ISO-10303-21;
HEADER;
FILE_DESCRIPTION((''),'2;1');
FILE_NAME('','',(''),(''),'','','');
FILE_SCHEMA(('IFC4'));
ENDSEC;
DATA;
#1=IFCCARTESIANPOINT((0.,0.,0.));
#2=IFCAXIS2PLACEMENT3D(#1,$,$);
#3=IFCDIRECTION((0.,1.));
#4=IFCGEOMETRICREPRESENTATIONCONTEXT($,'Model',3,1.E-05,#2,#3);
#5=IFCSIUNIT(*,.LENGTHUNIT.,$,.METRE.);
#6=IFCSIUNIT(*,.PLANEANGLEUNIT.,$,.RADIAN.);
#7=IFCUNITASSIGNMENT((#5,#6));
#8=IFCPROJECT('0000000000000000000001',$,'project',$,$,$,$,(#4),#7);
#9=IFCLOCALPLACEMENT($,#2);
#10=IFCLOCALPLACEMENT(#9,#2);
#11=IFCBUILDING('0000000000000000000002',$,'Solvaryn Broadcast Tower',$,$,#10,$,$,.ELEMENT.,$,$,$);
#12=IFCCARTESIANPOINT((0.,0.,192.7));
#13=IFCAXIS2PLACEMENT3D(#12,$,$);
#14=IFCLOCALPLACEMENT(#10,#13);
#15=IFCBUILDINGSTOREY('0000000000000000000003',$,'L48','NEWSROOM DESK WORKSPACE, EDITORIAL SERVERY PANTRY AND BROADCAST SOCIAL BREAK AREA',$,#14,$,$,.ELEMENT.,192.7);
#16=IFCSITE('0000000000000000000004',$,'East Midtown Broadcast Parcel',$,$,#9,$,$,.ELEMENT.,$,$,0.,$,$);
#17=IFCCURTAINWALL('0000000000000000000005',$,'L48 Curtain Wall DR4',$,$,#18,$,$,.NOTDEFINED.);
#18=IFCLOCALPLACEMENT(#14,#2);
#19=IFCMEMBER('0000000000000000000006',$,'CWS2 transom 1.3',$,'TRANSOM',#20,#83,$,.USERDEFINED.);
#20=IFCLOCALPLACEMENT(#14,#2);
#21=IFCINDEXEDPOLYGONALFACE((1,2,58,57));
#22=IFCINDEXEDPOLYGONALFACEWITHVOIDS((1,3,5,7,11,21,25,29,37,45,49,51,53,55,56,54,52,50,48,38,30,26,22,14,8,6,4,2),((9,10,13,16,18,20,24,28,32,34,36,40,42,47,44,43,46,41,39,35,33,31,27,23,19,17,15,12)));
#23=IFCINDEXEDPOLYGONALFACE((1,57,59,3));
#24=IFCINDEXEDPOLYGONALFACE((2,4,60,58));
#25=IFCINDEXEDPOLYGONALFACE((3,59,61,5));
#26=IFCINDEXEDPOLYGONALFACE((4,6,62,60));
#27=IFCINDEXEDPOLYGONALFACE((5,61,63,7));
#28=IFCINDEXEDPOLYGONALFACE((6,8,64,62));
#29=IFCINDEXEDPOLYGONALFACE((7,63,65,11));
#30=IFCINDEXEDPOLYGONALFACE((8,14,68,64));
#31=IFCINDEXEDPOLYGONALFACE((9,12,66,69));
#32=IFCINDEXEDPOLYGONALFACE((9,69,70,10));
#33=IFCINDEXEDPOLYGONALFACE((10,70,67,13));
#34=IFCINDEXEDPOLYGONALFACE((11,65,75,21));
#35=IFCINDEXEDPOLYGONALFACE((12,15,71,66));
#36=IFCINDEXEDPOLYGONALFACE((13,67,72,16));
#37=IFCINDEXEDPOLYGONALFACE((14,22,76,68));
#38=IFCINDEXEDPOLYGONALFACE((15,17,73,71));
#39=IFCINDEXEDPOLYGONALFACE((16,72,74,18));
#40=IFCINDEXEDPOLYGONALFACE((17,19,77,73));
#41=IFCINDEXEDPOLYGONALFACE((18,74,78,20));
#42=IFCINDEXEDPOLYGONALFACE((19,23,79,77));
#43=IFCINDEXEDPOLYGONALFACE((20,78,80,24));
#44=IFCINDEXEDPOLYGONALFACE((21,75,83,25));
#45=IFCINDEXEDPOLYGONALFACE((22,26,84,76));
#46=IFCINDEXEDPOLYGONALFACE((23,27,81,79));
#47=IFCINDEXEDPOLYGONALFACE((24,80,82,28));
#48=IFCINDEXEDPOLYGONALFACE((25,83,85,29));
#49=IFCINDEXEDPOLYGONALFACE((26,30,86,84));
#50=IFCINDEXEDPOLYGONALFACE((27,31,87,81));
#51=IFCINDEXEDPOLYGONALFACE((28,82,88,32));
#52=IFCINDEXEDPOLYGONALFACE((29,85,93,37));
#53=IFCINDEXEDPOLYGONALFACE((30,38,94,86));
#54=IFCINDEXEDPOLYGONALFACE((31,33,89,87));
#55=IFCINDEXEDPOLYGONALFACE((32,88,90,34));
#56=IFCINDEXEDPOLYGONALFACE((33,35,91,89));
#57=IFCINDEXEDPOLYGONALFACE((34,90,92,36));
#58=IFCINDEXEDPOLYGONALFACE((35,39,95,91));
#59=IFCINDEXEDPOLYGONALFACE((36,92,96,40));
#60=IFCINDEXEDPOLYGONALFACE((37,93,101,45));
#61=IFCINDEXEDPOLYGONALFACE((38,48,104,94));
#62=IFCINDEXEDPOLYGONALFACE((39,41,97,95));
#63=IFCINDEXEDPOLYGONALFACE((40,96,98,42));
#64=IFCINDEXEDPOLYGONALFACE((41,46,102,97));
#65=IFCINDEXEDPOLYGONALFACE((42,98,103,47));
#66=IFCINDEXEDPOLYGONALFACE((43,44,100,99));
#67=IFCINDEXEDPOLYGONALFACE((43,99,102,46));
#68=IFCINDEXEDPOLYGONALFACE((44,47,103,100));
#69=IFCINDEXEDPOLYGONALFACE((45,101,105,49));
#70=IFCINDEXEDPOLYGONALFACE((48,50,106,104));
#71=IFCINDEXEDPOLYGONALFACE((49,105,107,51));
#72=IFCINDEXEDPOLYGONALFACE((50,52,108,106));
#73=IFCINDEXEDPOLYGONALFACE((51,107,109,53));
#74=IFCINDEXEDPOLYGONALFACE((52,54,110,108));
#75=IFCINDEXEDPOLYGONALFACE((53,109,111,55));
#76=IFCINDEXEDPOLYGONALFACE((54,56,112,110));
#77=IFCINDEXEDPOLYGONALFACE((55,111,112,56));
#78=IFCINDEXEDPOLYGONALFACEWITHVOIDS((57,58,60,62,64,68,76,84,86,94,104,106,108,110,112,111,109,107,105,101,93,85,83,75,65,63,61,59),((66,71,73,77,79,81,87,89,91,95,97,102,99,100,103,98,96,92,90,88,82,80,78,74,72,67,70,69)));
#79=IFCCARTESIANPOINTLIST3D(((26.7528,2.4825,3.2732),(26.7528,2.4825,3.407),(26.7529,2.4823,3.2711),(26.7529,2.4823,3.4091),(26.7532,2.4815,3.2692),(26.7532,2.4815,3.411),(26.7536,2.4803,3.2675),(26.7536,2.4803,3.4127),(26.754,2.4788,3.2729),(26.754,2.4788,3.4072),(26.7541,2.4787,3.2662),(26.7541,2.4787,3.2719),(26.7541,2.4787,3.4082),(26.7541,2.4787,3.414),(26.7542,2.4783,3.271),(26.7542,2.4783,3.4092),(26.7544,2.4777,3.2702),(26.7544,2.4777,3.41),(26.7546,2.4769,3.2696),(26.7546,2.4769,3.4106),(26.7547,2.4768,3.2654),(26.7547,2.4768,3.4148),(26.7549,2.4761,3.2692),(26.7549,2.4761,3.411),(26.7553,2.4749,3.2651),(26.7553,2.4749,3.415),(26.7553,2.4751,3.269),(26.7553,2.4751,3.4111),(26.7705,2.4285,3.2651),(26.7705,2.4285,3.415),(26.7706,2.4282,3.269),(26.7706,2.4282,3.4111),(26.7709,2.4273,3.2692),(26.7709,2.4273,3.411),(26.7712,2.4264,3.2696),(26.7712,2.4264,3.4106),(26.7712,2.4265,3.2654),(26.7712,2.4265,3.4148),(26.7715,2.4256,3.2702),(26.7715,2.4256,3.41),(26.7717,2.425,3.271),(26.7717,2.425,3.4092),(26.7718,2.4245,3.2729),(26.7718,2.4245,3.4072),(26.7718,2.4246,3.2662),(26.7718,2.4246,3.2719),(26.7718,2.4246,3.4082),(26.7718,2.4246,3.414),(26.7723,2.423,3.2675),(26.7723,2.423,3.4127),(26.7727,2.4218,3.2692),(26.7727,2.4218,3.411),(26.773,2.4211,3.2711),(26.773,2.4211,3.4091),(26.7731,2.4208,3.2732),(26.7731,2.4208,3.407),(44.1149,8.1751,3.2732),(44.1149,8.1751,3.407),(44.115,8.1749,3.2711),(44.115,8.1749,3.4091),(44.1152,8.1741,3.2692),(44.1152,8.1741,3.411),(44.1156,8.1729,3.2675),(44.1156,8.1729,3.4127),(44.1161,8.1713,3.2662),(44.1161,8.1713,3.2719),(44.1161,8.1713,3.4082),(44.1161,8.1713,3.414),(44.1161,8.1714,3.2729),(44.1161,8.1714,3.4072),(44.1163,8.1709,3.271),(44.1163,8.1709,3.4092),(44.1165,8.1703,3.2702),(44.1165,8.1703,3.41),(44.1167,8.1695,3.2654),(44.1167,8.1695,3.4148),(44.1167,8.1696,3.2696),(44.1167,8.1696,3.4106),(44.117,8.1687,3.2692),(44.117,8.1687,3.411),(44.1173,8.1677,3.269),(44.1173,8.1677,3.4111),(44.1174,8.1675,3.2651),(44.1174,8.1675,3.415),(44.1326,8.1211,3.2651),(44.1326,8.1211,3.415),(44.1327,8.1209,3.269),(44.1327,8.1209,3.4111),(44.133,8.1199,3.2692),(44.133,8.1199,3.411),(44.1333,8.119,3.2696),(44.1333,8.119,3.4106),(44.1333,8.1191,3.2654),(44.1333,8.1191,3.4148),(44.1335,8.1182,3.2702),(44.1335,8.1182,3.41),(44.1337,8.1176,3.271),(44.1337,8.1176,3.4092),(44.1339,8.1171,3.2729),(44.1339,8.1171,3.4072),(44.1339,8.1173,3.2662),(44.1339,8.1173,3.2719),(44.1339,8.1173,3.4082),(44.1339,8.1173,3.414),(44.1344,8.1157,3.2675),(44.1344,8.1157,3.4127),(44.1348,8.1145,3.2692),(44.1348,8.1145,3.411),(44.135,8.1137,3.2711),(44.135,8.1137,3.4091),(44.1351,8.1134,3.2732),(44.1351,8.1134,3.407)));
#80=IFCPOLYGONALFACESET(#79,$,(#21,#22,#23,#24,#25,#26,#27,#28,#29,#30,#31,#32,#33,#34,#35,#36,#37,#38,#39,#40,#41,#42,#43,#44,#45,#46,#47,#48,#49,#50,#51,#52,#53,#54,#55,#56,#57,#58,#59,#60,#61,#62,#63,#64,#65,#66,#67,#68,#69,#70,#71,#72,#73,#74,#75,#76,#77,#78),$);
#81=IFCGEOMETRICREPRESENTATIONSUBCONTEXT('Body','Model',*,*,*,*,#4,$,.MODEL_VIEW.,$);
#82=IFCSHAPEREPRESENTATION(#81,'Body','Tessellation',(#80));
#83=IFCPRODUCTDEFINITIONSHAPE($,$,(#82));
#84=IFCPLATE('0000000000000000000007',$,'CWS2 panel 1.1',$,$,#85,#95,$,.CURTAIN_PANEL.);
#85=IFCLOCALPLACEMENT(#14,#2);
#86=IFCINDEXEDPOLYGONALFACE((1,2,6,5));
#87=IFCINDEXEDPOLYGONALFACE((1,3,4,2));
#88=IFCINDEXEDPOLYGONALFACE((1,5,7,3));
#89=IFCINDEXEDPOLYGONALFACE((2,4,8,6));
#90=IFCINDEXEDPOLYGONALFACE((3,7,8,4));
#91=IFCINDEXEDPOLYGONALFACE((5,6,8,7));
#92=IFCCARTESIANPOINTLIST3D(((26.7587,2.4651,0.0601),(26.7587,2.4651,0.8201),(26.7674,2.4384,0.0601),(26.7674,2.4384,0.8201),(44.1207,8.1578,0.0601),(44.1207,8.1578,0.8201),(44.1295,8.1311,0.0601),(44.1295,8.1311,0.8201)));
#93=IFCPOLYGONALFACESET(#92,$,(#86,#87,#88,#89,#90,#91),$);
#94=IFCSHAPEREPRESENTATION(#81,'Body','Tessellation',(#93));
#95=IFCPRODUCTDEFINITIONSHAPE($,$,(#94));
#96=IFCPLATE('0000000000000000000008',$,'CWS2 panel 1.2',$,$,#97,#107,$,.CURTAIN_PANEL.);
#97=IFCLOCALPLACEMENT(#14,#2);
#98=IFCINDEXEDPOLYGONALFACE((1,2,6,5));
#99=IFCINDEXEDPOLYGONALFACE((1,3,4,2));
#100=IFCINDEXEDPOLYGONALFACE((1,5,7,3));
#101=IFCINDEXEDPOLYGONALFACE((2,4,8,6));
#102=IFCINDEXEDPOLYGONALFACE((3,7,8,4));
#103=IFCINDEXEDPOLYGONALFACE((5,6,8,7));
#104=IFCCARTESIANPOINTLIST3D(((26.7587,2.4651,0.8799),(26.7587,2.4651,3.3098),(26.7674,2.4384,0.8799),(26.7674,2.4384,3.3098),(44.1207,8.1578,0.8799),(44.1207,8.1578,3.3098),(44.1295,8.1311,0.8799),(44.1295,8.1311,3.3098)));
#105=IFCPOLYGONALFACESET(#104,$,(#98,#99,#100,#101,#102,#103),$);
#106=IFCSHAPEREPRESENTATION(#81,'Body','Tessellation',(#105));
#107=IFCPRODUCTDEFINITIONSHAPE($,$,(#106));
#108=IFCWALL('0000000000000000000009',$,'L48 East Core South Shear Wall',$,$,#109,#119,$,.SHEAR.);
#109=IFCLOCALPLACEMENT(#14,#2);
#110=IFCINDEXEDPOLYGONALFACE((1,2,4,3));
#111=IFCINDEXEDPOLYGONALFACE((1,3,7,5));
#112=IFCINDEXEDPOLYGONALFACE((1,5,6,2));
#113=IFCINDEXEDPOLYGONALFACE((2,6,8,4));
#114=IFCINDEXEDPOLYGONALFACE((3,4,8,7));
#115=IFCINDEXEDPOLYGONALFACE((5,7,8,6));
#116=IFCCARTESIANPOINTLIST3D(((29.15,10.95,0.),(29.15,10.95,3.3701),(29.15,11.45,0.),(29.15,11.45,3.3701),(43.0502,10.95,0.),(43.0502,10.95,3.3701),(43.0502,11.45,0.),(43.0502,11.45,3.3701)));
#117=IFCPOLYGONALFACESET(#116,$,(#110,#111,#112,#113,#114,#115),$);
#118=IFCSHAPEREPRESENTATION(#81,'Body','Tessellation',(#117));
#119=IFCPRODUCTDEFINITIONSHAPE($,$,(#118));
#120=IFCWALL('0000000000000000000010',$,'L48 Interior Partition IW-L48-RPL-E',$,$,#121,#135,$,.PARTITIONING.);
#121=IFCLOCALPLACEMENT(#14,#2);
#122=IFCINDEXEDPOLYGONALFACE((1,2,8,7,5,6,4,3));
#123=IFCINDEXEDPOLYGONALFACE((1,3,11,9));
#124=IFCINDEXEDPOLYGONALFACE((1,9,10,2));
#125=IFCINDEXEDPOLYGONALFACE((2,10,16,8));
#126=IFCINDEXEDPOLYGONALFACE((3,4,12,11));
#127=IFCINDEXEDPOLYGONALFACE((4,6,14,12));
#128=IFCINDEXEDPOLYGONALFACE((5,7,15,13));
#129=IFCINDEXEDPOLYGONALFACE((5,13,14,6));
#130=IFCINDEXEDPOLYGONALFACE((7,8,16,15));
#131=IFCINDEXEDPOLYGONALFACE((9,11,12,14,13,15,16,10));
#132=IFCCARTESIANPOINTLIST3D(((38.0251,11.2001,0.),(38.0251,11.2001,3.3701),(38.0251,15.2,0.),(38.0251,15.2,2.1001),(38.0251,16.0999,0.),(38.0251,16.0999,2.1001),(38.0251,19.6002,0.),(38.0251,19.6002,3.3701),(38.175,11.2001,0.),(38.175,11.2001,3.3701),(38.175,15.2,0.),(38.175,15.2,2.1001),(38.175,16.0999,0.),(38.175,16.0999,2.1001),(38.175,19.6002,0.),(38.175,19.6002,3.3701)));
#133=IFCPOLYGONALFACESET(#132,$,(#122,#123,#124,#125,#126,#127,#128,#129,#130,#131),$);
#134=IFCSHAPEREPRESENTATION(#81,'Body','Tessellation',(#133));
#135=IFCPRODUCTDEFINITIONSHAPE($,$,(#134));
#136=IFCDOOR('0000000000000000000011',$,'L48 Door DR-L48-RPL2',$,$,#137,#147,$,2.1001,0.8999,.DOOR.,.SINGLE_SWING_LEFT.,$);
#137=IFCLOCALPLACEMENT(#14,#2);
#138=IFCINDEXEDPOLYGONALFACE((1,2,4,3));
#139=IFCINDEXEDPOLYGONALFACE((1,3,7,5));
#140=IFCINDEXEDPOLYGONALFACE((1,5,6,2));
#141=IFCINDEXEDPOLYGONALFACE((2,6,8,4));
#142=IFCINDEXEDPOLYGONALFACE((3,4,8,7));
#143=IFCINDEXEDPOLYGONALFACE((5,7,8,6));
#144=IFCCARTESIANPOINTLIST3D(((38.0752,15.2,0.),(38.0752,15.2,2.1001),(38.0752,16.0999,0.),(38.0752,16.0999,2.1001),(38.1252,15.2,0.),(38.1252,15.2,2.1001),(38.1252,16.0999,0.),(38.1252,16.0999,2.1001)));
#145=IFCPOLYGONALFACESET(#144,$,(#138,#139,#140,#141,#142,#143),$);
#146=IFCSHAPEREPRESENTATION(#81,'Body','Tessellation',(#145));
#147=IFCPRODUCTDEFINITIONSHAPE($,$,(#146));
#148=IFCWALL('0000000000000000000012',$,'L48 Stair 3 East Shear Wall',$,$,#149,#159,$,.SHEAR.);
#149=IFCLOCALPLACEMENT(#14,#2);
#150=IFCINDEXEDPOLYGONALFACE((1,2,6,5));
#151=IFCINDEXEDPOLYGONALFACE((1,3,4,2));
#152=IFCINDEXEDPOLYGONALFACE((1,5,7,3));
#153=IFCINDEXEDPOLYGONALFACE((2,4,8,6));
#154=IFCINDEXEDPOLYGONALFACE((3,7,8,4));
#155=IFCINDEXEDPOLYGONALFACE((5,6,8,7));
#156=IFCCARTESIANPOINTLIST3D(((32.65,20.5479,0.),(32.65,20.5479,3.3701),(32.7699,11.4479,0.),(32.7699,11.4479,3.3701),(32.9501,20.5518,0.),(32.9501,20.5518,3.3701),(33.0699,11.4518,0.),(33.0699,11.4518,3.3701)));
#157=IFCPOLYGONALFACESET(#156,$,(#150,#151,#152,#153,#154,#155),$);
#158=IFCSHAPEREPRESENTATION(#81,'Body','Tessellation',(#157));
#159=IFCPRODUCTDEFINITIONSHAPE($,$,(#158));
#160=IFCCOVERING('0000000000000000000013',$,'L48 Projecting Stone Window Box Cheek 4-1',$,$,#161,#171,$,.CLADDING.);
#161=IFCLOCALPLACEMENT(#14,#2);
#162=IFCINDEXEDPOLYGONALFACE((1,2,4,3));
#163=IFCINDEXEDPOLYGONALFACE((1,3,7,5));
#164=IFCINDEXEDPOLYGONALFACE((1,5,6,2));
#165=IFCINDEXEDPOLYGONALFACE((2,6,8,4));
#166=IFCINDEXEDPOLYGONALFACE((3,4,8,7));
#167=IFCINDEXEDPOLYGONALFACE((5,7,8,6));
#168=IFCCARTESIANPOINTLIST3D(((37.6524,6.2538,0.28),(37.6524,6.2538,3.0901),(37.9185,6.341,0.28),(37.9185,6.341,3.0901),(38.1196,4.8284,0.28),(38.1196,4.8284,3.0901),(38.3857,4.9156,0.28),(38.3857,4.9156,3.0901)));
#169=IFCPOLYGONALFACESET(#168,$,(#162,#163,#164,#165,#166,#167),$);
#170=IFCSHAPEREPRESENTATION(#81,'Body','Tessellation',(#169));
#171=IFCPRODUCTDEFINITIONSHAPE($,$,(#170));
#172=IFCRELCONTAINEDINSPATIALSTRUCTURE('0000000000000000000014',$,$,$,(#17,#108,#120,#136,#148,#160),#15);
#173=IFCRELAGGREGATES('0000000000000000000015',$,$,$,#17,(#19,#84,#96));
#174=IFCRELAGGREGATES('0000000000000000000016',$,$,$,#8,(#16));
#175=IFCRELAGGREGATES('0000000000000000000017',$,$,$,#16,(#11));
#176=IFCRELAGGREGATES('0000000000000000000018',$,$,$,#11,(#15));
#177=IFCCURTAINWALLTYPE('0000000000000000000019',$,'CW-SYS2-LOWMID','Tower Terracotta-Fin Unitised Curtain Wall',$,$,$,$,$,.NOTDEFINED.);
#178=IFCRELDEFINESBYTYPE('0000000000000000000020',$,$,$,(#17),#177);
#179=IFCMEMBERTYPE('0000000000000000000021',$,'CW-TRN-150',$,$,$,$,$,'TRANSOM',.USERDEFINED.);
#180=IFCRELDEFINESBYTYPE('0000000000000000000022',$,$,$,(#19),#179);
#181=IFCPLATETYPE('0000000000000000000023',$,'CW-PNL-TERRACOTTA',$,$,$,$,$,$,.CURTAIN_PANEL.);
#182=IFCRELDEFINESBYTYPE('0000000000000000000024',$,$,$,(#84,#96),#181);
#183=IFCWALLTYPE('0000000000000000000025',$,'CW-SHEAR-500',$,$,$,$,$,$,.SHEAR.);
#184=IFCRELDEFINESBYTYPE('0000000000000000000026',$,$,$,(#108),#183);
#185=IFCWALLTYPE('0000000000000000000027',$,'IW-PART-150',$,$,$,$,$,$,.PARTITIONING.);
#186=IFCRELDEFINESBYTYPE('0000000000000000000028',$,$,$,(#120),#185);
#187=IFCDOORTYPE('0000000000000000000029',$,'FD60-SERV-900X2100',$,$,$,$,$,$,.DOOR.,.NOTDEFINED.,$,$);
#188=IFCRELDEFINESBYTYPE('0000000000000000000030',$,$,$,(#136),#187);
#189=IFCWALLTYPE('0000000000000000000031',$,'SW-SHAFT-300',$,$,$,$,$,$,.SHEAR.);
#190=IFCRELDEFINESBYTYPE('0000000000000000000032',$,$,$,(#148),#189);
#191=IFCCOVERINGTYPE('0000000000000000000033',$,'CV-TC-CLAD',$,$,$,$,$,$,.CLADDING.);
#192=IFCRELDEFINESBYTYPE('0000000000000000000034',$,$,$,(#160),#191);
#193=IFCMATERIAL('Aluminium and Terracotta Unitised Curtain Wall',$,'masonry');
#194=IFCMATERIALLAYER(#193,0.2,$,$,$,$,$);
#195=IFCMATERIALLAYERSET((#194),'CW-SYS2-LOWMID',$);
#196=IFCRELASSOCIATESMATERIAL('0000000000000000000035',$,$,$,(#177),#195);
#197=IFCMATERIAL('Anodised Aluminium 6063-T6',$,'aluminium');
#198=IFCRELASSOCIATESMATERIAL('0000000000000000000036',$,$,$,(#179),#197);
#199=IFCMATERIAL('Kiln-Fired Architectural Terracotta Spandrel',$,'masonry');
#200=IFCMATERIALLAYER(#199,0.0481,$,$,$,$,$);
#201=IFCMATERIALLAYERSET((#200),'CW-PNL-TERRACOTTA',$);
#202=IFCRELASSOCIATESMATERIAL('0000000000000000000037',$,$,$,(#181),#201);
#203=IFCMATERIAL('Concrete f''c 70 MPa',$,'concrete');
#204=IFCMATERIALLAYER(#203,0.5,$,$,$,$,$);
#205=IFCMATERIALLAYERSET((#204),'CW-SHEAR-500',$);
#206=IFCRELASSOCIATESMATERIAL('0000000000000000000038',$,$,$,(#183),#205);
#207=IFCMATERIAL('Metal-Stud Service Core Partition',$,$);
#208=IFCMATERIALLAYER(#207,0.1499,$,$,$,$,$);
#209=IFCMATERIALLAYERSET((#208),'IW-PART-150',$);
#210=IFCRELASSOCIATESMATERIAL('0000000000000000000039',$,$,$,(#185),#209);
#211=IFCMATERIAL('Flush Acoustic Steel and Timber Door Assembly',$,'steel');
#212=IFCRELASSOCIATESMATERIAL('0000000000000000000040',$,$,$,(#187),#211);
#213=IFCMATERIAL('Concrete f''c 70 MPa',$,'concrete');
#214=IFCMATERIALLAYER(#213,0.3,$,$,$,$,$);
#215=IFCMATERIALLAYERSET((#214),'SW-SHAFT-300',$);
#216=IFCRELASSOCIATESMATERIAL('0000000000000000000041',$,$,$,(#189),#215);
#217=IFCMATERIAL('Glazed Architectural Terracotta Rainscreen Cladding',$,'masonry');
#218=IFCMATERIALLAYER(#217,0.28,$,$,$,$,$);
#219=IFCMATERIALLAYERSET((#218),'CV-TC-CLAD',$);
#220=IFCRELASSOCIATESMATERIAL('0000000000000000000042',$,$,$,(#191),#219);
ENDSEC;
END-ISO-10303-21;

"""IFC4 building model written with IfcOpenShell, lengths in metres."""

from ifc_helpers import new_model, si_unit, direction, frame, frame_2d, origin, origin_2d, place, context, subcontext, project, spatial, rectangle, hollow_rectangle, extrude, material, layer, layer_set, material_profile, profile_set, type_object, element, fill, aggregate, save


model = new_model("IFC4")

# Units and contexts
model_context = context("Model", 3, precision=1e-05, world=origin(), true_north=direction((0.0, 1.0)))
body_context = subcontext(model_context, "Body", "Model", "MODEL_VIEW")
ifc_project = project(units=[si_unit("LENGTHUNIT", "METRE"), si_unit("PLANEANGLEUNIT", "RADIAN")], contexts=[model_context])

# Site, building, storey
site_placement = place(None, origin())
site = spatial("IfcSite", under=ifc_project, at=site_placement, Name="East Midtown Broadcast Parcel", CompositionType="ELEMENT", RefElevation=0.0)
building_placement = place(site_placement, origin())
building = spatial("IfcBuilding", under=site, at=building_placement, Name="Solvaryn Broadcast Tower", CompositionType="ELEMENT")
storey_placement = place(building_placement, frame((0.0, 0.0, 192.7)))
storey = spatial("IfcBuildingStorey", under=building, at=storey_placement, Name="L48", Description="NEWSROOM DESK WORKSPACE, EDITORIAL SERVERY PANTRY AND BROADCAST SOCIAL BREAK AREA", CompositionType="ELEMENT", Elevation=192.7)

# Shared definitions
ifc_material_1 = material(Name="Aluminium and Terracotta Unitised Curtain Wall", Category="masonry")
ifc_layer_1 = layer(ifc_material_1, 0.2)
ifc_layer_set_1 = layer_set([ifc_layer_1], Name="CW-SYS2-LOWMID")
curtain_wall_type = type_object("IfcCurtainWallType", Name="CW-SYS2-LOWMID", Description="Tower Terracotta-Fin Unitised Curtain Wall", PredefinedType="NOTDEFINED", material=ifc_layer_set_1)

# Curtain wall, member, plates
curtain_wall_1_placement = place(storey_placement, origin())
curtain_wall_1 = element("IfcCurtainWall", 1, at=curtain_wall_1_placement, inside=storey, type_object=curtain_wall_type, Name="L48 Curtain Wall DR4", PredefinedType="NOTDEFINED")
ifc_material_2 = material(Name="Anodised Aluminium 6063-T6", Category="aluminium")
ifc_material_profile_1 = material_profile(ifc_material_2, hollow_rectangle(XDim=0.0649, YDim=0.1499, WallThickness=0.0039, InnerFilletRadius=0.0039, OuterFilletRadius=0.0081, at=origin_2d()))
ifc_profile_set_1 = profile_set([ifc_material_profile_1], Name="Anodised Aluminium 6063-T6")
member_type_1 = type_object("IfcMemberType", Name="CW-TRN-150", ElementType="TRANSOM", PredefinedType="USERDEFINED", material=ifc_profile_set_1)
member_1_placement = place(storey_placement, frame((26.7629, 2.4517, 3.3401), z_axis=(0.950227, 0.311558, 0.0), x_axis=(-0.311558, 0.950227, 0.0)))
member_1 = element("IfcMember", 2, at=member_1_placement, type_object=member_type_1, Name="CWS2 transom 1.3", ObjectType="TRANSOM", PredefinedType="USERDEFINED", context=body_context, shape_type="SweptSolid", body=[
    extrude(hollow_rectangle(XDim=0.0649, YDim=0.1499, WallThickness=0.0039, InnerFilletRadius=0.0039, OuterFilletRadius=0.0081, at=origin_2d()), origin(), (0.0, 0.0, 1.0), 18.2715),
])
ifc_material_3 = material(Name="Kiln-Fired Architectural Terracotta Spandrel", Category="masonry")
ifc_layer_2 = layer(ifc_material_3, 0.0481)
ifc_layer_set_2 = layer_set([ifc_layer_2], Name="CW-PNL-TERRACOTTA")
plate_type = type_object("IfcPlateType", Name="CW-PNL-TERRACOTTA", PredefinedType="CURTAIN_PANEL", material=ifc_layer_set_2)
plate_1_placement = place(storey_placement, frame((35.4441, 5.2981, 0.0601), z_axis=(0.0, 0.0, 1.0), x_axis=(0.950227, 0.311559, 0.0)))
plate_1 = element("IfcPlate", 3, at=plate_1_placement, type_object=plate_type, Name="CWS2 panel 1.1", PredefinedType="CURTAIN_PANEL", context=body_context, shape_type="SweptSolid", body=[
    extrude(rectangle(XDim=18.2715, YDim=0.0281, at=origin_2d()), origin(), (0.0, 0.0, 1.0), 0.76),
])
plate_2_placement = place(storey_placement, frame((35.4441, 5.2981, 0.8799), z_axis=(0.0, 0.0, 1.0), x_axis=(0.950227, 0.311559, 0.0)))
plate_2 = element("IfcPlate", 4, at=plate_2_placement, type_object=plate_type, Name="CWS2 panel 1.2", PredefinedType="CURTAIN_PANEL", context=body_context, shape_type="SweptSolid", body=[
    extrude(rectangle(XDim=18.2715, YDim=0.0281, at=origin_2d()), origin(), (0.0, 0.0, 1.0), 2.4299),
])
aggregate(curtain_wall_1, [member_1, plate_1, plate_2])

# Wall
ifc_material_4 = material(Name="Concrete f'c 70 MPa", Category="concrete")
ifc_layer_3 = layer(ifc_material_4, 0.5)
ifc_layer_set_3 = layer_set([ifc_layer_3], Name="CW-SHEAR-500")
wall_type_1 = type_object("IfcWallType", Name="CW-SHEAR-500", PredefinedType="SHEAR", material=ifc_layer_set_3)
wall_1_placement = place(storey_placement, frame((29.1499, 11.2, 0.0), z_axis=(0.0, 0.0, 1.0), x_axis=(1.0, 0.0, 0.0)))
element("IfcWall", 5, at=wall_1_placement, inside=storey, type_object=wall_type_1, Name="L48 East Core South Shear Wall", PredefinedType="SHEAR", context=body_context, shape_type="SweptSolid", body=[
    extrude(rectangle(XDim=13.9001, YDim=0.5, at=frame_2d((6.9502, 0.0))), origin(), (0.0, 0.0, 1.0), 3.3701),
])

# Wall, opening, door
ifc_material_5 = material(Name="Metal-Stud Service Core Partition")
ifc_layer_4 = layer(ifc_material_5, 0.1499)
ifc_layer_set_4 = layer_set([ifc_layer_4], Name="IW-PART-150")
wall_type_2 = type_object("IfcWallType", Name="IW-PART-150", PredefinedType="PARTITIONING", material=ifc_layer_set_4)
wall_2_placement = place(storey_placement, frame((38.1001, 11.2, 0.0), z_axis=(0.0, 0.0, 1.0), x_axis=(0.0, 1.0, 0.0)))
wall_2 = element("IfcWall", 6, at=wall_2_placement, inside=storey, type_object=wall_type_2, Name="L48 Interior Partition IW-L48-RPL-E", PredefinedType="PARTITIONING", context=body_context, shape_type="SweptSolid", body=[
    extrude(rectangle(XDim=8.4001, YDim=0.1499, at=frame_2d((4.2002, 0.0))), origin(), (0.0, 0.0, 1.0), 3.3701),
])
opening_placement = place(wall_2_placement, frame((4.0, 0.0, 0.0)))
opening = element("IfcOpeningElement", 7, at=opening_placement, cuts=wall_2, PredefinedType="OPENING", context=body_context, shape_type="SweptSolid", body=[
    extrude(rectangle(XDim=0.8999, YDim=2.1001, at=frame_2d((0.45, 1.05))), frame((0.0, 0.085, 0.0), z_axis=(0.0, -1.0, 0.0), x_axis=(1.0, 0.0, 0.0)), (0.0, 0.0, 1.0), 0.1699),
])
ifc_material_6 = material(Name="Flush Acoustic Steel and Timber Door Assembly", Category="steel")
door_type = type_object("IfcDoorType", Name="FD60-SERV-900X2100", OperationType="NOTDEFINED", PredefinedType="DOOR", material=ifc_material_6)
door_placement = place(opening_placement, origin())
door = element("IfcDoor", 8, at=door_placement, inside=storey, type_object=door_type, Name="L48 Door DR-L48-RPL2", OperationType="SINGLE_SWING_LEFT", OverallHeight=2.1001, OverallWidth=0.8999, PredefinedType="DOOR", context=body_context, shape_type="SweptSolid", body=[
    extrude(rectangle(XDim=0.8999, YDim=2.1001, at=frame_2d((0.45, 1.05))), frame((0.0, 0.0249, 0.0), z_axis=(0.0, -1.0, 0.0), x_axis=(1.0, 0.0, 0.0)), (0.0, 0.0, 1.0), 0.05),
])
fill(opening, door)

# Wall
ifc_material_7 = material(Name="Concrete f'c 70 MPa", Category="concrete")
ifc_layer_5 = layer(ifc_material_7, 0.3)
ifc_layer_set_5 = layer_set([ifc_layer_5], Name="SW-SHAFT-300")
wall_type_3 = type_object("IfcWallType", Name="SW-SHAFT-300", PredefinedType="SHEAR", material=ifc_layer_set_5)
wall_3_placement = place(storey_placement, frame((32.9199, 11.45, 0.0), z_axis=(0.0, 0.0, 1.0), x_axis=(-0.013172, 0.999913, 0.0)))
element("IfcWall", 9, at=wall_3_placement, inside=storey, type_object=wall_type_3, Name="L48 Stair 3 East Shear Wall", PredefinedType="SHEAR", context=body_context, shape_type="SweptSolid", body=[
    extrude(rectangle(XDim=9.1008, YDim=0.3, at=frame_2d((4.5503, 0.0))), origin(), (0.0, 0.0, 1.0), 3.3701),
])

# Covering
ifc_material_8 = material(Name="Glazed Architectural Terracotta Rainscreen Cladding", Category="masonry")
ifc_layer_6 = layer(ifc_material_8, 0.28)
ifc_layer_set_6 = layer_set([ifc_layer_6], Name="CV-TC-CLAD")
covering_type_1 = type_object("IfcCoveringType", Name="CV-TC-CLAD", PredefinedType="CLADDING", material=ifc_layer_set_6)
covering_placement = place(storey_placement, frame((38.019, 5.5847, 0.28), z_axis=(0.0, 0.0, 1.0), x_axis=(0.950244, 0.311506, 0.0)))
element("IfcCovering", 10, at=covering_placement, inside=storey, type_object=covering_type_1, Name="L48 Projecting Stone Window Box Cheek 4-1", PredefinedType="CLADDING", context=body_context, shape_type="SweptSolid", body=[
    extrude(rectangle(XDim=0.28, YDim=1.5, at=origin_2d()), origin(), (0.0, 0.0, 1.0), 2.8101),
])

save(model, "model.ifc")
